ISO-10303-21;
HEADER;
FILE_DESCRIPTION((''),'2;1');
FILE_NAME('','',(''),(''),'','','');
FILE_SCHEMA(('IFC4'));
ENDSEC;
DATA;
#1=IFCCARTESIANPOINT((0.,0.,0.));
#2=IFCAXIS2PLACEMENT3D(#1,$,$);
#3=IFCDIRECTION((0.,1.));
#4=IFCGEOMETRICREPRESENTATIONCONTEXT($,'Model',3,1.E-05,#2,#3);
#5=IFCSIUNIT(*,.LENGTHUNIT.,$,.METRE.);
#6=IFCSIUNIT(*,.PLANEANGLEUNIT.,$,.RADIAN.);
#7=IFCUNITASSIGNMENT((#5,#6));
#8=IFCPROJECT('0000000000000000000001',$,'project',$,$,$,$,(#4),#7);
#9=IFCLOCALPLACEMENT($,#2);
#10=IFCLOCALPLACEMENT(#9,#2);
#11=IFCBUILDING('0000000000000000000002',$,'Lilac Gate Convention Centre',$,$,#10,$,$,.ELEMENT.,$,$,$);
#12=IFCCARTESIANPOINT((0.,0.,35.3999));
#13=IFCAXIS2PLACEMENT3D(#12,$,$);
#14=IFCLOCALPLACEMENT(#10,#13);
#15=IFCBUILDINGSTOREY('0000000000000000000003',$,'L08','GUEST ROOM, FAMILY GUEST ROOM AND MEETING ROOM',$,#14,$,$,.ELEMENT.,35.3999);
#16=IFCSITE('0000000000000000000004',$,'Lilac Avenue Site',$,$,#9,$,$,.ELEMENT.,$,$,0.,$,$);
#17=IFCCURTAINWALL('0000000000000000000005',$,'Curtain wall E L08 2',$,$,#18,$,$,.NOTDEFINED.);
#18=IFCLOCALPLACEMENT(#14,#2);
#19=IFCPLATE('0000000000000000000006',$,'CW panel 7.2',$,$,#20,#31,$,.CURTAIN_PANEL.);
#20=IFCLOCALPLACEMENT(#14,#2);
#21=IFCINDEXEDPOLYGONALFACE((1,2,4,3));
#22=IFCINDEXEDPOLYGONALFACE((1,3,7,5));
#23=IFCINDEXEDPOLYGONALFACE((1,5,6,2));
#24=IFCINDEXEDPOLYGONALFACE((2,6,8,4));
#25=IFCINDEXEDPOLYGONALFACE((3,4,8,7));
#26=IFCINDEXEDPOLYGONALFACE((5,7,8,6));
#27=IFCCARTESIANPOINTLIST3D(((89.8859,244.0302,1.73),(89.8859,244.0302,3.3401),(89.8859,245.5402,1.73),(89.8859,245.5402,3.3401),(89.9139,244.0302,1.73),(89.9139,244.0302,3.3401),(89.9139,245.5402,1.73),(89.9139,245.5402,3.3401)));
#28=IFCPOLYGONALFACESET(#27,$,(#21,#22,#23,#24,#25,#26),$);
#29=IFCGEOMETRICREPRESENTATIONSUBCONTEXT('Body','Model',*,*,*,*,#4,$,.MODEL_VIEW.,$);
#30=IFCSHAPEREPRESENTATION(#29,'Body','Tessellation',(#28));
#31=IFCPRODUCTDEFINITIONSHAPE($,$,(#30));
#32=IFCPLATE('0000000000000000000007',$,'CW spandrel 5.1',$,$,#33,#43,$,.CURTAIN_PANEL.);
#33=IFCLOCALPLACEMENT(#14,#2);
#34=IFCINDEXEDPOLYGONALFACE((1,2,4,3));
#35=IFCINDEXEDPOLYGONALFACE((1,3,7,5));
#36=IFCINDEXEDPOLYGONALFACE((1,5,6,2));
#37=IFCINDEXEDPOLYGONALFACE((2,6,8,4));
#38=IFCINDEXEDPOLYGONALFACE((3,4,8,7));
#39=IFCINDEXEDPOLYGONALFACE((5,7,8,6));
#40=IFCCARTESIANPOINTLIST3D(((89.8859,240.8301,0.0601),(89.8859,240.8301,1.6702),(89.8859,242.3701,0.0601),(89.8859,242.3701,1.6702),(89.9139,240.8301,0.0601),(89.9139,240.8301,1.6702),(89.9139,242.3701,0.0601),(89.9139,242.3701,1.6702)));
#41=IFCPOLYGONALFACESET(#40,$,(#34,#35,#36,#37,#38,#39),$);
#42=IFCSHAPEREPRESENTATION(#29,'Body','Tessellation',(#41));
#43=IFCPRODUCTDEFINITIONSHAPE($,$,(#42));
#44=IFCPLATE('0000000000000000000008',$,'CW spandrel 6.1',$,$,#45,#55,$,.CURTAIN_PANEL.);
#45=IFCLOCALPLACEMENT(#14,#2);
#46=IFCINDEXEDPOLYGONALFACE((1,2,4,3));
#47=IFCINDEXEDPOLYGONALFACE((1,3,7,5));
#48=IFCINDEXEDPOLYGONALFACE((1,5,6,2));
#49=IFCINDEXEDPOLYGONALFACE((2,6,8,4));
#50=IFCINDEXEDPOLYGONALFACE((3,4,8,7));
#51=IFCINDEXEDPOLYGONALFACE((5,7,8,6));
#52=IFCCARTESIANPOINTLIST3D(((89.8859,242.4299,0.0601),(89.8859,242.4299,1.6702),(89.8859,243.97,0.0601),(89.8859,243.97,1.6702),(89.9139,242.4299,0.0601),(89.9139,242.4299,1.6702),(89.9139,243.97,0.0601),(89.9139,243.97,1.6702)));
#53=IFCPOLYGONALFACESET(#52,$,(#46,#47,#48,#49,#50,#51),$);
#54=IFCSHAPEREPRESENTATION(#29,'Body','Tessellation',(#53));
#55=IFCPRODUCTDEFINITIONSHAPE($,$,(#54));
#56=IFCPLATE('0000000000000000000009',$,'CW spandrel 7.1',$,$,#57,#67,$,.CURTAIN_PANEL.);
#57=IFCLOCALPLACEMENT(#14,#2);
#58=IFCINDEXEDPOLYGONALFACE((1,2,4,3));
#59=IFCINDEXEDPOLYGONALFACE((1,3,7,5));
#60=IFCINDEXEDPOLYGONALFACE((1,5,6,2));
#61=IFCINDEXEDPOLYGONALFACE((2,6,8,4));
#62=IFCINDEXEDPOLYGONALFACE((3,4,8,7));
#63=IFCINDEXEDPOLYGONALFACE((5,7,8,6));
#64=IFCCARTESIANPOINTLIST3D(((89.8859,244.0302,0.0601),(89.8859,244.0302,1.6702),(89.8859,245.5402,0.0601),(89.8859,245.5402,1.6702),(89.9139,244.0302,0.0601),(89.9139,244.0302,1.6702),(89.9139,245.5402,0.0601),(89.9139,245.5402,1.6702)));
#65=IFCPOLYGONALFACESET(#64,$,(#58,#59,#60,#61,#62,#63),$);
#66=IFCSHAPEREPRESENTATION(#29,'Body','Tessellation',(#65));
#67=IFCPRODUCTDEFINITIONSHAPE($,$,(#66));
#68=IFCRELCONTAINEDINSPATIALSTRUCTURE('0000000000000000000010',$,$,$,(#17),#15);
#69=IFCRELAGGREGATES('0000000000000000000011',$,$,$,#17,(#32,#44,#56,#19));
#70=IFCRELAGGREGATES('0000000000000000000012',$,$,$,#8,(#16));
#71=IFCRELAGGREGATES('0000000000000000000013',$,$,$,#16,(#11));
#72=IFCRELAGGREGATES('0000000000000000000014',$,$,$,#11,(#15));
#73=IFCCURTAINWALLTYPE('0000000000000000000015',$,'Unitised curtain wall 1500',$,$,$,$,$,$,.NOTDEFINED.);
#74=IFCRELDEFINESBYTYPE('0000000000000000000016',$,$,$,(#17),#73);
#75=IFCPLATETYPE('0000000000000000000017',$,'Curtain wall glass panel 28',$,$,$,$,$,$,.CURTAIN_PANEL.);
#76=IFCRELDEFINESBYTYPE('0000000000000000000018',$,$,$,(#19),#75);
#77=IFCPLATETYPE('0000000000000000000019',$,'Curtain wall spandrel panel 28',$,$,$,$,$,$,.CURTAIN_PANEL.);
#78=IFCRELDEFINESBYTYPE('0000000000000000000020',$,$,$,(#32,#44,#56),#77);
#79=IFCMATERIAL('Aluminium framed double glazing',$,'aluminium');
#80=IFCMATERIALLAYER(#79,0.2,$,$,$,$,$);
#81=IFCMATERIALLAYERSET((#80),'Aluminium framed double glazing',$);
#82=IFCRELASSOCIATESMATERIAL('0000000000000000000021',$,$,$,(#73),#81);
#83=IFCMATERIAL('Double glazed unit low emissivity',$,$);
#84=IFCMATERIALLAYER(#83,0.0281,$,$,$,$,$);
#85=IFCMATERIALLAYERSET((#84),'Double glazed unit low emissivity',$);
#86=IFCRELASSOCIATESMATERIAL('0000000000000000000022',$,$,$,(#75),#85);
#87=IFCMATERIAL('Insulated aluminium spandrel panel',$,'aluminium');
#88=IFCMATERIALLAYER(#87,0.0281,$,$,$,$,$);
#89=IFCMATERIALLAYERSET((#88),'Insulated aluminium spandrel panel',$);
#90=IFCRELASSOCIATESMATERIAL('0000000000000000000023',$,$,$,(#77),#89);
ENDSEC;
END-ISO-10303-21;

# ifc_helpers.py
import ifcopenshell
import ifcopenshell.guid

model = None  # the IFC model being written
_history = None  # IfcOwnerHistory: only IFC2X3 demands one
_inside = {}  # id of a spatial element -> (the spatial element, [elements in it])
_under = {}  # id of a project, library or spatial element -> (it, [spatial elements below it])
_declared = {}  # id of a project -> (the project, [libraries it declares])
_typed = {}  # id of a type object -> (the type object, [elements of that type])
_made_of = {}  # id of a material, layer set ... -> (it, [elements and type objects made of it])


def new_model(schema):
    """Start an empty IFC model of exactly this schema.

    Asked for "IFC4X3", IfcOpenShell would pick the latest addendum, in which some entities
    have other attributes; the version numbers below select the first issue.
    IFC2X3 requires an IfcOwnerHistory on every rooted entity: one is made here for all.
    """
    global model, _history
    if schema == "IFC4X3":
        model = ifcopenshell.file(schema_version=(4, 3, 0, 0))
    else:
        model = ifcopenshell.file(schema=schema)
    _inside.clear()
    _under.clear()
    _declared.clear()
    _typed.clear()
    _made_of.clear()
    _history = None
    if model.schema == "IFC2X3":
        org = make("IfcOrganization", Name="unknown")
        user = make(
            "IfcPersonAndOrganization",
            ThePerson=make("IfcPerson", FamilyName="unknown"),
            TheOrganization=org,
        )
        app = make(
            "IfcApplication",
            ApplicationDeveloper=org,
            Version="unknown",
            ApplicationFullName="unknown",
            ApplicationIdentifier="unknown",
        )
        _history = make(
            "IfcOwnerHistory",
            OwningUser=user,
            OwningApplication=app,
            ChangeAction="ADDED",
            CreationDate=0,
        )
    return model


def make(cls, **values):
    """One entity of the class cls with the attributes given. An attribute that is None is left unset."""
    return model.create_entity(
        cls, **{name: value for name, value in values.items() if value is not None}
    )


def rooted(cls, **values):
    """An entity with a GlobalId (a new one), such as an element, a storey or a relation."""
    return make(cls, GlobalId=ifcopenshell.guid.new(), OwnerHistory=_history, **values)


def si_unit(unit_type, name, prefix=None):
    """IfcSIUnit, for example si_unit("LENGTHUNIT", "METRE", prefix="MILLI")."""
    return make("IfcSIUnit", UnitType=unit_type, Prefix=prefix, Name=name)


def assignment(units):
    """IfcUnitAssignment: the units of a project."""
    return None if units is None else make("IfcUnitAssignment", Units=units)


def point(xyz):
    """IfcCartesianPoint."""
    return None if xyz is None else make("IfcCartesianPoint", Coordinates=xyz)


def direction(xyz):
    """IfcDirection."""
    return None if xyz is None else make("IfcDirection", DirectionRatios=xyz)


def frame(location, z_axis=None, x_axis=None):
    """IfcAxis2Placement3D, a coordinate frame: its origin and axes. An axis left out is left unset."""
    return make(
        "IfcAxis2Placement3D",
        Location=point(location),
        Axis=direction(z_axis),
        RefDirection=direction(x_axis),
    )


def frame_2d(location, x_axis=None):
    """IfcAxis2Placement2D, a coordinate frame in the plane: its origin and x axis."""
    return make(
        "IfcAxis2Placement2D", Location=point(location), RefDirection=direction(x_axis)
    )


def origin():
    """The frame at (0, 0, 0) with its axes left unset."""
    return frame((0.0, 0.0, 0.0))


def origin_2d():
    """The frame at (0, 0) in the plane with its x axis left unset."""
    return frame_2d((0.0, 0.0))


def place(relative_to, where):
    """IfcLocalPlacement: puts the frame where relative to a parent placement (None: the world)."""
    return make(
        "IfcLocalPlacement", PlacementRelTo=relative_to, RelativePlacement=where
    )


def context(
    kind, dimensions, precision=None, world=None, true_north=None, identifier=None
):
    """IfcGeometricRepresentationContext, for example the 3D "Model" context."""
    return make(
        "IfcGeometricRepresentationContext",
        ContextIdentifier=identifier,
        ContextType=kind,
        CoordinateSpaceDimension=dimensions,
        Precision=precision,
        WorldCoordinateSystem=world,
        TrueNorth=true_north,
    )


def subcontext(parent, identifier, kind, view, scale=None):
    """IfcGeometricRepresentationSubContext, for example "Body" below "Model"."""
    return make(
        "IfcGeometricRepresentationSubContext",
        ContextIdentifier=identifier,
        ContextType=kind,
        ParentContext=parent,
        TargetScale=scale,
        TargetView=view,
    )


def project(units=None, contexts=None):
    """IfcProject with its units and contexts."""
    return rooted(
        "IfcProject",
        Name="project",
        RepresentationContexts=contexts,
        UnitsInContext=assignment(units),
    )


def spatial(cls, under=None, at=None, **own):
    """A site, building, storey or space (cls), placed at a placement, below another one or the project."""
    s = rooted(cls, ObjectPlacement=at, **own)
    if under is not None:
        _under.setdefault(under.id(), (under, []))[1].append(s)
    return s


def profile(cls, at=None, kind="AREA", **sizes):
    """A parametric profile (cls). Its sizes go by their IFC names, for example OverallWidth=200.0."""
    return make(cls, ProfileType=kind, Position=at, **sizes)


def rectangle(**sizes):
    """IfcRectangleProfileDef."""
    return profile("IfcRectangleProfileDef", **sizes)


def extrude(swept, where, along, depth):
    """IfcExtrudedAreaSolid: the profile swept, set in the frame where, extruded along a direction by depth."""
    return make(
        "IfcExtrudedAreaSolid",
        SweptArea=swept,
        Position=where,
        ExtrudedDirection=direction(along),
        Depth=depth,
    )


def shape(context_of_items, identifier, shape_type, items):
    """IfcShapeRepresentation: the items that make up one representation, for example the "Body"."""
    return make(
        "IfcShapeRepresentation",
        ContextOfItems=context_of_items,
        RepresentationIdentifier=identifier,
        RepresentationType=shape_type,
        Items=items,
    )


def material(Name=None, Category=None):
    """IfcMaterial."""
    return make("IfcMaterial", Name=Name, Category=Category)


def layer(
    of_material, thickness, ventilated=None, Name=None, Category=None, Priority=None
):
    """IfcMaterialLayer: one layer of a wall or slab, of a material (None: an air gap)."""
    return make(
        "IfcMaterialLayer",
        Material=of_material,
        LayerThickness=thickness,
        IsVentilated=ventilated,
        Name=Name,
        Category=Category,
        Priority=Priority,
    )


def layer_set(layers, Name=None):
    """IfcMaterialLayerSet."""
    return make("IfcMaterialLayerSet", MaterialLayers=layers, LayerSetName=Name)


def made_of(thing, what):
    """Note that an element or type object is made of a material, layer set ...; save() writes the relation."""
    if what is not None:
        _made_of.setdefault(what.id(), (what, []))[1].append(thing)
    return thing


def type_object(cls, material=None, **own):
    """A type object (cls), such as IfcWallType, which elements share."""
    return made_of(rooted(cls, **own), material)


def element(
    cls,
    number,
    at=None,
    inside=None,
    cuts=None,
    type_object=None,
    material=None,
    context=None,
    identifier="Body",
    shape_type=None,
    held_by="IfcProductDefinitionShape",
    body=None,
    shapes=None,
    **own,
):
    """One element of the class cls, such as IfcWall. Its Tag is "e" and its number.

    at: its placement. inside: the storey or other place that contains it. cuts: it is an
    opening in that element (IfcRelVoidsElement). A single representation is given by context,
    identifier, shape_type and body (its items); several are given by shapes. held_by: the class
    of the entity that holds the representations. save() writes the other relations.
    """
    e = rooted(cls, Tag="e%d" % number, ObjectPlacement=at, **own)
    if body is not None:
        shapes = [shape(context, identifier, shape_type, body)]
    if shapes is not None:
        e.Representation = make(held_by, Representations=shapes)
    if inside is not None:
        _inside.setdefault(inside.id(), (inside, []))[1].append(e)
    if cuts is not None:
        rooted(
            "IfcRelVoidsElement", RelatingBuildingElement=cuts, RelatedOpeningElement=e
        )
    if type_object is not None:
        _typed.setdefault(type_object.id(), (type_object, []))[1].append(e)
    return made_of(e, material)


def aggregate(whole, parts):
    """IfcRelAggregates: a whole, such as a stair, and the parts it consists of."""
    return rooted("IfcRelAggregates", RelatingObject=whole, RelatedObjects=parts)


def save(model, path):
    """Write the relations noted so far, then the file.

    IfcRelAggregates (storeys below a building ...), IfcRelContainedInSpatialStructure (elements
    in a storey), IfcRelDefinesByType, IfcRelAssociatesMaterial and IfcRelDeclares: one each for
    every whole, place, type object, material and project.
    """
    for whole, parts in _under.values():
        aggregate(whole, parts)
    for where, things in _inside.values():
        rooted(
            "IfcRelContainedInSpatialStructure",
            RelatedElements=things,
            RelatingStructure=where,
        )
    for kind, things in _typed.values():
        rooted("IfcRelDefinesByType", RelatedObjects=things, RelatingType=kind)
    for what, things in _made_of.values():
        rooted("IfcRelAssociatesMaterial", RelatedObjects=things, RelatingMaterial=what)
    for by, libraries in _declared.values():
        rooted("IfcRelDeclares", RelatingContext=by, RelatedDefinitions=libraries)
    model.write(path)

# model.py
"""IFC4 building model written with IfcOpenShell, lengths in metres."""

from ifc_helpers import new_model, si_unit, direction, frame, origin, origin_2d, place, context, subcontext, project, spatial, rectangle, extrude, material, layer, layer_set, type_object, element, aggregate, save


model = new_model("IFC4")

# Units and contexts
model_context = context("Model", 3, precision=1e-05, world=origin(), true_north=direction((0.0, 1.0)))
body_context = subcontext(model_context, "Body", "Model", "MODEL_VIEW")
ifc_project = project(units=[si_unit("LENGTHUNIT", "METRE"), si_unit("PLANEANGLEUNIT", "RADIAN")], contexts=[model_context])

# Site, building, storey
site_placement = place(None, origin())
site = spatial("IfcSite", under=ifc_project, at=site_placement, Name="Lilac Avenue Site", CompositionType="ELEMENT", RefElevation=0.0)
building_placement = place(site_placement, origin())
building = spatial("IfcBuilding", under=site, at=building_placement, Name="Lilac Gate Convention Centre", CompositionType="ELEMENT")
storey_placement = place(building_placement, frame((0.0, 0.0, 35.3999)))
storey = spatial("IfcBuildingStorey", under=building, at=storey_placement, Name="L08", Description="GUEST ROOM, FAMILY GUEST ROOM AND MEETING ROOM", CompositionType="ELEMENT", Elevation=35.3999)

# Curtain wall, plates
ifc_material_1 = material(Name="Aluminium framed double glazing", Category="aluminium")
ifc_layer_1 = layer(ifc_material_1, 0.2)
ifc_layer_set_1 = layer_set([ifc_layer_1], Name="Aluminium framed double glazing")
curtain_wall_type = type_object("IfcCurtainWallType", Name="Unitised curtain wall 1500", PredefinedType="NOTDEFINED", material=ifc_layer_set_1)
curtain_wall_placement = place(storey_placement, origin())
curtain_wall = element("IfcCurtainWall", 1, at=curtain_wall_placement, inside=storey, type_object=curtain_wall_type, Name="Curtain wall E L08 2", PredefinedType="NOTDEFINED")
ifc_material_2 = material(Name="Double glazed unit low emissivity")
ifc_layer_2 = layer(ifc_material_2, 0.0281)
ifc_layer_set_2 = layer_set([ifc_layer_2], Name="Double glazed unit low emissivity")
plate_type_1 = type_object("IfcPlateType", Name="Curtain wall glass panel 28", PredefinedType="CURTAIN_PANEL", material=ifc_layer_set_2)
plate_1_placement = place(storey_placement, frame((89.8999, 244.7852, 1.73), z_axis=(0.0, 0.0, 1.0), x_axis=(0.0, 1.0, 0.0)))
plate_1 = element("IfcPlate", 2, at=plate_1_placement, type_object=plate_type_1, Name="CW panel 7.2", PredefinedType="CURTAIN_PANEL", context=body_context, shape_type="SweptSolid", body=[
    extrude(rectangle(XDim=1.51, YDim=0.0281, at=origin_2d()), origin(), (0.0, 0.0, 1.0), 1.6101),
])
ifc_material_3 = material(Name="Insulated aluminium spandrel panel", Category="aluminium")
ifc_layer_3 = layer(ifc_material_3, 0.0281)
ifc_layer_set_3 = layer_set([ifc_layer_3], Name="Insulated aluminium spandrel panel")
plate_type_2 = type_object("IfcPlateType", Name="Curtain wall spandrel panel 28", PredefinedType="CURTAIN_PANEL", material=ifc_layer_set_3)
plate_2_placement = place(storey_placement, frame((89.8999, 241.6001, 0.0601), z_axis=(0.0, 0.0, 1.0), x_axis=(0.0, 1.0, 0.0)))
plate_2 = element("IfcPlate", 3, at=plate_2_placement, type_object=plate_type_2, Name="CW spandrel 5.1", PredefinedType="CURTAIN_PANEL", context=body_context, shape_type="SweptSolid", body=[
    extrude(rectangle(XDim=1.54, YDim=0.0281, at=origin_2d()), origin(), (0.0, 0.0, 1.0), 1.6101),
])
plate_3_placement = place(storey_placement, frame((89.8999, 243.2, 0.0601), z_axis=(0.0, 0.0, 1.0), x_axis=(0.0, 1.0, 0.0)))
plate_3 = element("IfcPlate", 4, at=plate_3_placement, type_object=plate_type_2, Name="CW spandrel 6.1", PredefinedType="CURTAIN_PANEL", context=body_context, shape_type="SweptSolid", body=[
    extrude(rectangle(XDim=1.54, YDim=0.0281, at=origin_2d()), origin(), (0.0, 0.0, 1.0), 1.6101),
])
plate_4_placement = place(storey_placement, frame((89.8999, 244.7852, 0.0601), z_axis=(0.0, 0.0, 1.0), x_axis=(0.0, 1.0, 0.0)))
plate_4 = element("IfcPlate", 5, at=plate_4_placement, type_object=plate_type_2, Name="CW spandrel 7.1", PredefinedType="CURTAIN_PANEL", context=body_context, shape_type="SweptSolid", body=[
    extrude(rectangle(XDim=1.51, YDim=0.0281, at=origin_2d()), origin(), (0.0, 0.0, 1.0), 1.6101),
])
aggregate(curtain_wall, [plate_2, plate_3, plate_4, plate_1])

save(model, "model.ifc")
